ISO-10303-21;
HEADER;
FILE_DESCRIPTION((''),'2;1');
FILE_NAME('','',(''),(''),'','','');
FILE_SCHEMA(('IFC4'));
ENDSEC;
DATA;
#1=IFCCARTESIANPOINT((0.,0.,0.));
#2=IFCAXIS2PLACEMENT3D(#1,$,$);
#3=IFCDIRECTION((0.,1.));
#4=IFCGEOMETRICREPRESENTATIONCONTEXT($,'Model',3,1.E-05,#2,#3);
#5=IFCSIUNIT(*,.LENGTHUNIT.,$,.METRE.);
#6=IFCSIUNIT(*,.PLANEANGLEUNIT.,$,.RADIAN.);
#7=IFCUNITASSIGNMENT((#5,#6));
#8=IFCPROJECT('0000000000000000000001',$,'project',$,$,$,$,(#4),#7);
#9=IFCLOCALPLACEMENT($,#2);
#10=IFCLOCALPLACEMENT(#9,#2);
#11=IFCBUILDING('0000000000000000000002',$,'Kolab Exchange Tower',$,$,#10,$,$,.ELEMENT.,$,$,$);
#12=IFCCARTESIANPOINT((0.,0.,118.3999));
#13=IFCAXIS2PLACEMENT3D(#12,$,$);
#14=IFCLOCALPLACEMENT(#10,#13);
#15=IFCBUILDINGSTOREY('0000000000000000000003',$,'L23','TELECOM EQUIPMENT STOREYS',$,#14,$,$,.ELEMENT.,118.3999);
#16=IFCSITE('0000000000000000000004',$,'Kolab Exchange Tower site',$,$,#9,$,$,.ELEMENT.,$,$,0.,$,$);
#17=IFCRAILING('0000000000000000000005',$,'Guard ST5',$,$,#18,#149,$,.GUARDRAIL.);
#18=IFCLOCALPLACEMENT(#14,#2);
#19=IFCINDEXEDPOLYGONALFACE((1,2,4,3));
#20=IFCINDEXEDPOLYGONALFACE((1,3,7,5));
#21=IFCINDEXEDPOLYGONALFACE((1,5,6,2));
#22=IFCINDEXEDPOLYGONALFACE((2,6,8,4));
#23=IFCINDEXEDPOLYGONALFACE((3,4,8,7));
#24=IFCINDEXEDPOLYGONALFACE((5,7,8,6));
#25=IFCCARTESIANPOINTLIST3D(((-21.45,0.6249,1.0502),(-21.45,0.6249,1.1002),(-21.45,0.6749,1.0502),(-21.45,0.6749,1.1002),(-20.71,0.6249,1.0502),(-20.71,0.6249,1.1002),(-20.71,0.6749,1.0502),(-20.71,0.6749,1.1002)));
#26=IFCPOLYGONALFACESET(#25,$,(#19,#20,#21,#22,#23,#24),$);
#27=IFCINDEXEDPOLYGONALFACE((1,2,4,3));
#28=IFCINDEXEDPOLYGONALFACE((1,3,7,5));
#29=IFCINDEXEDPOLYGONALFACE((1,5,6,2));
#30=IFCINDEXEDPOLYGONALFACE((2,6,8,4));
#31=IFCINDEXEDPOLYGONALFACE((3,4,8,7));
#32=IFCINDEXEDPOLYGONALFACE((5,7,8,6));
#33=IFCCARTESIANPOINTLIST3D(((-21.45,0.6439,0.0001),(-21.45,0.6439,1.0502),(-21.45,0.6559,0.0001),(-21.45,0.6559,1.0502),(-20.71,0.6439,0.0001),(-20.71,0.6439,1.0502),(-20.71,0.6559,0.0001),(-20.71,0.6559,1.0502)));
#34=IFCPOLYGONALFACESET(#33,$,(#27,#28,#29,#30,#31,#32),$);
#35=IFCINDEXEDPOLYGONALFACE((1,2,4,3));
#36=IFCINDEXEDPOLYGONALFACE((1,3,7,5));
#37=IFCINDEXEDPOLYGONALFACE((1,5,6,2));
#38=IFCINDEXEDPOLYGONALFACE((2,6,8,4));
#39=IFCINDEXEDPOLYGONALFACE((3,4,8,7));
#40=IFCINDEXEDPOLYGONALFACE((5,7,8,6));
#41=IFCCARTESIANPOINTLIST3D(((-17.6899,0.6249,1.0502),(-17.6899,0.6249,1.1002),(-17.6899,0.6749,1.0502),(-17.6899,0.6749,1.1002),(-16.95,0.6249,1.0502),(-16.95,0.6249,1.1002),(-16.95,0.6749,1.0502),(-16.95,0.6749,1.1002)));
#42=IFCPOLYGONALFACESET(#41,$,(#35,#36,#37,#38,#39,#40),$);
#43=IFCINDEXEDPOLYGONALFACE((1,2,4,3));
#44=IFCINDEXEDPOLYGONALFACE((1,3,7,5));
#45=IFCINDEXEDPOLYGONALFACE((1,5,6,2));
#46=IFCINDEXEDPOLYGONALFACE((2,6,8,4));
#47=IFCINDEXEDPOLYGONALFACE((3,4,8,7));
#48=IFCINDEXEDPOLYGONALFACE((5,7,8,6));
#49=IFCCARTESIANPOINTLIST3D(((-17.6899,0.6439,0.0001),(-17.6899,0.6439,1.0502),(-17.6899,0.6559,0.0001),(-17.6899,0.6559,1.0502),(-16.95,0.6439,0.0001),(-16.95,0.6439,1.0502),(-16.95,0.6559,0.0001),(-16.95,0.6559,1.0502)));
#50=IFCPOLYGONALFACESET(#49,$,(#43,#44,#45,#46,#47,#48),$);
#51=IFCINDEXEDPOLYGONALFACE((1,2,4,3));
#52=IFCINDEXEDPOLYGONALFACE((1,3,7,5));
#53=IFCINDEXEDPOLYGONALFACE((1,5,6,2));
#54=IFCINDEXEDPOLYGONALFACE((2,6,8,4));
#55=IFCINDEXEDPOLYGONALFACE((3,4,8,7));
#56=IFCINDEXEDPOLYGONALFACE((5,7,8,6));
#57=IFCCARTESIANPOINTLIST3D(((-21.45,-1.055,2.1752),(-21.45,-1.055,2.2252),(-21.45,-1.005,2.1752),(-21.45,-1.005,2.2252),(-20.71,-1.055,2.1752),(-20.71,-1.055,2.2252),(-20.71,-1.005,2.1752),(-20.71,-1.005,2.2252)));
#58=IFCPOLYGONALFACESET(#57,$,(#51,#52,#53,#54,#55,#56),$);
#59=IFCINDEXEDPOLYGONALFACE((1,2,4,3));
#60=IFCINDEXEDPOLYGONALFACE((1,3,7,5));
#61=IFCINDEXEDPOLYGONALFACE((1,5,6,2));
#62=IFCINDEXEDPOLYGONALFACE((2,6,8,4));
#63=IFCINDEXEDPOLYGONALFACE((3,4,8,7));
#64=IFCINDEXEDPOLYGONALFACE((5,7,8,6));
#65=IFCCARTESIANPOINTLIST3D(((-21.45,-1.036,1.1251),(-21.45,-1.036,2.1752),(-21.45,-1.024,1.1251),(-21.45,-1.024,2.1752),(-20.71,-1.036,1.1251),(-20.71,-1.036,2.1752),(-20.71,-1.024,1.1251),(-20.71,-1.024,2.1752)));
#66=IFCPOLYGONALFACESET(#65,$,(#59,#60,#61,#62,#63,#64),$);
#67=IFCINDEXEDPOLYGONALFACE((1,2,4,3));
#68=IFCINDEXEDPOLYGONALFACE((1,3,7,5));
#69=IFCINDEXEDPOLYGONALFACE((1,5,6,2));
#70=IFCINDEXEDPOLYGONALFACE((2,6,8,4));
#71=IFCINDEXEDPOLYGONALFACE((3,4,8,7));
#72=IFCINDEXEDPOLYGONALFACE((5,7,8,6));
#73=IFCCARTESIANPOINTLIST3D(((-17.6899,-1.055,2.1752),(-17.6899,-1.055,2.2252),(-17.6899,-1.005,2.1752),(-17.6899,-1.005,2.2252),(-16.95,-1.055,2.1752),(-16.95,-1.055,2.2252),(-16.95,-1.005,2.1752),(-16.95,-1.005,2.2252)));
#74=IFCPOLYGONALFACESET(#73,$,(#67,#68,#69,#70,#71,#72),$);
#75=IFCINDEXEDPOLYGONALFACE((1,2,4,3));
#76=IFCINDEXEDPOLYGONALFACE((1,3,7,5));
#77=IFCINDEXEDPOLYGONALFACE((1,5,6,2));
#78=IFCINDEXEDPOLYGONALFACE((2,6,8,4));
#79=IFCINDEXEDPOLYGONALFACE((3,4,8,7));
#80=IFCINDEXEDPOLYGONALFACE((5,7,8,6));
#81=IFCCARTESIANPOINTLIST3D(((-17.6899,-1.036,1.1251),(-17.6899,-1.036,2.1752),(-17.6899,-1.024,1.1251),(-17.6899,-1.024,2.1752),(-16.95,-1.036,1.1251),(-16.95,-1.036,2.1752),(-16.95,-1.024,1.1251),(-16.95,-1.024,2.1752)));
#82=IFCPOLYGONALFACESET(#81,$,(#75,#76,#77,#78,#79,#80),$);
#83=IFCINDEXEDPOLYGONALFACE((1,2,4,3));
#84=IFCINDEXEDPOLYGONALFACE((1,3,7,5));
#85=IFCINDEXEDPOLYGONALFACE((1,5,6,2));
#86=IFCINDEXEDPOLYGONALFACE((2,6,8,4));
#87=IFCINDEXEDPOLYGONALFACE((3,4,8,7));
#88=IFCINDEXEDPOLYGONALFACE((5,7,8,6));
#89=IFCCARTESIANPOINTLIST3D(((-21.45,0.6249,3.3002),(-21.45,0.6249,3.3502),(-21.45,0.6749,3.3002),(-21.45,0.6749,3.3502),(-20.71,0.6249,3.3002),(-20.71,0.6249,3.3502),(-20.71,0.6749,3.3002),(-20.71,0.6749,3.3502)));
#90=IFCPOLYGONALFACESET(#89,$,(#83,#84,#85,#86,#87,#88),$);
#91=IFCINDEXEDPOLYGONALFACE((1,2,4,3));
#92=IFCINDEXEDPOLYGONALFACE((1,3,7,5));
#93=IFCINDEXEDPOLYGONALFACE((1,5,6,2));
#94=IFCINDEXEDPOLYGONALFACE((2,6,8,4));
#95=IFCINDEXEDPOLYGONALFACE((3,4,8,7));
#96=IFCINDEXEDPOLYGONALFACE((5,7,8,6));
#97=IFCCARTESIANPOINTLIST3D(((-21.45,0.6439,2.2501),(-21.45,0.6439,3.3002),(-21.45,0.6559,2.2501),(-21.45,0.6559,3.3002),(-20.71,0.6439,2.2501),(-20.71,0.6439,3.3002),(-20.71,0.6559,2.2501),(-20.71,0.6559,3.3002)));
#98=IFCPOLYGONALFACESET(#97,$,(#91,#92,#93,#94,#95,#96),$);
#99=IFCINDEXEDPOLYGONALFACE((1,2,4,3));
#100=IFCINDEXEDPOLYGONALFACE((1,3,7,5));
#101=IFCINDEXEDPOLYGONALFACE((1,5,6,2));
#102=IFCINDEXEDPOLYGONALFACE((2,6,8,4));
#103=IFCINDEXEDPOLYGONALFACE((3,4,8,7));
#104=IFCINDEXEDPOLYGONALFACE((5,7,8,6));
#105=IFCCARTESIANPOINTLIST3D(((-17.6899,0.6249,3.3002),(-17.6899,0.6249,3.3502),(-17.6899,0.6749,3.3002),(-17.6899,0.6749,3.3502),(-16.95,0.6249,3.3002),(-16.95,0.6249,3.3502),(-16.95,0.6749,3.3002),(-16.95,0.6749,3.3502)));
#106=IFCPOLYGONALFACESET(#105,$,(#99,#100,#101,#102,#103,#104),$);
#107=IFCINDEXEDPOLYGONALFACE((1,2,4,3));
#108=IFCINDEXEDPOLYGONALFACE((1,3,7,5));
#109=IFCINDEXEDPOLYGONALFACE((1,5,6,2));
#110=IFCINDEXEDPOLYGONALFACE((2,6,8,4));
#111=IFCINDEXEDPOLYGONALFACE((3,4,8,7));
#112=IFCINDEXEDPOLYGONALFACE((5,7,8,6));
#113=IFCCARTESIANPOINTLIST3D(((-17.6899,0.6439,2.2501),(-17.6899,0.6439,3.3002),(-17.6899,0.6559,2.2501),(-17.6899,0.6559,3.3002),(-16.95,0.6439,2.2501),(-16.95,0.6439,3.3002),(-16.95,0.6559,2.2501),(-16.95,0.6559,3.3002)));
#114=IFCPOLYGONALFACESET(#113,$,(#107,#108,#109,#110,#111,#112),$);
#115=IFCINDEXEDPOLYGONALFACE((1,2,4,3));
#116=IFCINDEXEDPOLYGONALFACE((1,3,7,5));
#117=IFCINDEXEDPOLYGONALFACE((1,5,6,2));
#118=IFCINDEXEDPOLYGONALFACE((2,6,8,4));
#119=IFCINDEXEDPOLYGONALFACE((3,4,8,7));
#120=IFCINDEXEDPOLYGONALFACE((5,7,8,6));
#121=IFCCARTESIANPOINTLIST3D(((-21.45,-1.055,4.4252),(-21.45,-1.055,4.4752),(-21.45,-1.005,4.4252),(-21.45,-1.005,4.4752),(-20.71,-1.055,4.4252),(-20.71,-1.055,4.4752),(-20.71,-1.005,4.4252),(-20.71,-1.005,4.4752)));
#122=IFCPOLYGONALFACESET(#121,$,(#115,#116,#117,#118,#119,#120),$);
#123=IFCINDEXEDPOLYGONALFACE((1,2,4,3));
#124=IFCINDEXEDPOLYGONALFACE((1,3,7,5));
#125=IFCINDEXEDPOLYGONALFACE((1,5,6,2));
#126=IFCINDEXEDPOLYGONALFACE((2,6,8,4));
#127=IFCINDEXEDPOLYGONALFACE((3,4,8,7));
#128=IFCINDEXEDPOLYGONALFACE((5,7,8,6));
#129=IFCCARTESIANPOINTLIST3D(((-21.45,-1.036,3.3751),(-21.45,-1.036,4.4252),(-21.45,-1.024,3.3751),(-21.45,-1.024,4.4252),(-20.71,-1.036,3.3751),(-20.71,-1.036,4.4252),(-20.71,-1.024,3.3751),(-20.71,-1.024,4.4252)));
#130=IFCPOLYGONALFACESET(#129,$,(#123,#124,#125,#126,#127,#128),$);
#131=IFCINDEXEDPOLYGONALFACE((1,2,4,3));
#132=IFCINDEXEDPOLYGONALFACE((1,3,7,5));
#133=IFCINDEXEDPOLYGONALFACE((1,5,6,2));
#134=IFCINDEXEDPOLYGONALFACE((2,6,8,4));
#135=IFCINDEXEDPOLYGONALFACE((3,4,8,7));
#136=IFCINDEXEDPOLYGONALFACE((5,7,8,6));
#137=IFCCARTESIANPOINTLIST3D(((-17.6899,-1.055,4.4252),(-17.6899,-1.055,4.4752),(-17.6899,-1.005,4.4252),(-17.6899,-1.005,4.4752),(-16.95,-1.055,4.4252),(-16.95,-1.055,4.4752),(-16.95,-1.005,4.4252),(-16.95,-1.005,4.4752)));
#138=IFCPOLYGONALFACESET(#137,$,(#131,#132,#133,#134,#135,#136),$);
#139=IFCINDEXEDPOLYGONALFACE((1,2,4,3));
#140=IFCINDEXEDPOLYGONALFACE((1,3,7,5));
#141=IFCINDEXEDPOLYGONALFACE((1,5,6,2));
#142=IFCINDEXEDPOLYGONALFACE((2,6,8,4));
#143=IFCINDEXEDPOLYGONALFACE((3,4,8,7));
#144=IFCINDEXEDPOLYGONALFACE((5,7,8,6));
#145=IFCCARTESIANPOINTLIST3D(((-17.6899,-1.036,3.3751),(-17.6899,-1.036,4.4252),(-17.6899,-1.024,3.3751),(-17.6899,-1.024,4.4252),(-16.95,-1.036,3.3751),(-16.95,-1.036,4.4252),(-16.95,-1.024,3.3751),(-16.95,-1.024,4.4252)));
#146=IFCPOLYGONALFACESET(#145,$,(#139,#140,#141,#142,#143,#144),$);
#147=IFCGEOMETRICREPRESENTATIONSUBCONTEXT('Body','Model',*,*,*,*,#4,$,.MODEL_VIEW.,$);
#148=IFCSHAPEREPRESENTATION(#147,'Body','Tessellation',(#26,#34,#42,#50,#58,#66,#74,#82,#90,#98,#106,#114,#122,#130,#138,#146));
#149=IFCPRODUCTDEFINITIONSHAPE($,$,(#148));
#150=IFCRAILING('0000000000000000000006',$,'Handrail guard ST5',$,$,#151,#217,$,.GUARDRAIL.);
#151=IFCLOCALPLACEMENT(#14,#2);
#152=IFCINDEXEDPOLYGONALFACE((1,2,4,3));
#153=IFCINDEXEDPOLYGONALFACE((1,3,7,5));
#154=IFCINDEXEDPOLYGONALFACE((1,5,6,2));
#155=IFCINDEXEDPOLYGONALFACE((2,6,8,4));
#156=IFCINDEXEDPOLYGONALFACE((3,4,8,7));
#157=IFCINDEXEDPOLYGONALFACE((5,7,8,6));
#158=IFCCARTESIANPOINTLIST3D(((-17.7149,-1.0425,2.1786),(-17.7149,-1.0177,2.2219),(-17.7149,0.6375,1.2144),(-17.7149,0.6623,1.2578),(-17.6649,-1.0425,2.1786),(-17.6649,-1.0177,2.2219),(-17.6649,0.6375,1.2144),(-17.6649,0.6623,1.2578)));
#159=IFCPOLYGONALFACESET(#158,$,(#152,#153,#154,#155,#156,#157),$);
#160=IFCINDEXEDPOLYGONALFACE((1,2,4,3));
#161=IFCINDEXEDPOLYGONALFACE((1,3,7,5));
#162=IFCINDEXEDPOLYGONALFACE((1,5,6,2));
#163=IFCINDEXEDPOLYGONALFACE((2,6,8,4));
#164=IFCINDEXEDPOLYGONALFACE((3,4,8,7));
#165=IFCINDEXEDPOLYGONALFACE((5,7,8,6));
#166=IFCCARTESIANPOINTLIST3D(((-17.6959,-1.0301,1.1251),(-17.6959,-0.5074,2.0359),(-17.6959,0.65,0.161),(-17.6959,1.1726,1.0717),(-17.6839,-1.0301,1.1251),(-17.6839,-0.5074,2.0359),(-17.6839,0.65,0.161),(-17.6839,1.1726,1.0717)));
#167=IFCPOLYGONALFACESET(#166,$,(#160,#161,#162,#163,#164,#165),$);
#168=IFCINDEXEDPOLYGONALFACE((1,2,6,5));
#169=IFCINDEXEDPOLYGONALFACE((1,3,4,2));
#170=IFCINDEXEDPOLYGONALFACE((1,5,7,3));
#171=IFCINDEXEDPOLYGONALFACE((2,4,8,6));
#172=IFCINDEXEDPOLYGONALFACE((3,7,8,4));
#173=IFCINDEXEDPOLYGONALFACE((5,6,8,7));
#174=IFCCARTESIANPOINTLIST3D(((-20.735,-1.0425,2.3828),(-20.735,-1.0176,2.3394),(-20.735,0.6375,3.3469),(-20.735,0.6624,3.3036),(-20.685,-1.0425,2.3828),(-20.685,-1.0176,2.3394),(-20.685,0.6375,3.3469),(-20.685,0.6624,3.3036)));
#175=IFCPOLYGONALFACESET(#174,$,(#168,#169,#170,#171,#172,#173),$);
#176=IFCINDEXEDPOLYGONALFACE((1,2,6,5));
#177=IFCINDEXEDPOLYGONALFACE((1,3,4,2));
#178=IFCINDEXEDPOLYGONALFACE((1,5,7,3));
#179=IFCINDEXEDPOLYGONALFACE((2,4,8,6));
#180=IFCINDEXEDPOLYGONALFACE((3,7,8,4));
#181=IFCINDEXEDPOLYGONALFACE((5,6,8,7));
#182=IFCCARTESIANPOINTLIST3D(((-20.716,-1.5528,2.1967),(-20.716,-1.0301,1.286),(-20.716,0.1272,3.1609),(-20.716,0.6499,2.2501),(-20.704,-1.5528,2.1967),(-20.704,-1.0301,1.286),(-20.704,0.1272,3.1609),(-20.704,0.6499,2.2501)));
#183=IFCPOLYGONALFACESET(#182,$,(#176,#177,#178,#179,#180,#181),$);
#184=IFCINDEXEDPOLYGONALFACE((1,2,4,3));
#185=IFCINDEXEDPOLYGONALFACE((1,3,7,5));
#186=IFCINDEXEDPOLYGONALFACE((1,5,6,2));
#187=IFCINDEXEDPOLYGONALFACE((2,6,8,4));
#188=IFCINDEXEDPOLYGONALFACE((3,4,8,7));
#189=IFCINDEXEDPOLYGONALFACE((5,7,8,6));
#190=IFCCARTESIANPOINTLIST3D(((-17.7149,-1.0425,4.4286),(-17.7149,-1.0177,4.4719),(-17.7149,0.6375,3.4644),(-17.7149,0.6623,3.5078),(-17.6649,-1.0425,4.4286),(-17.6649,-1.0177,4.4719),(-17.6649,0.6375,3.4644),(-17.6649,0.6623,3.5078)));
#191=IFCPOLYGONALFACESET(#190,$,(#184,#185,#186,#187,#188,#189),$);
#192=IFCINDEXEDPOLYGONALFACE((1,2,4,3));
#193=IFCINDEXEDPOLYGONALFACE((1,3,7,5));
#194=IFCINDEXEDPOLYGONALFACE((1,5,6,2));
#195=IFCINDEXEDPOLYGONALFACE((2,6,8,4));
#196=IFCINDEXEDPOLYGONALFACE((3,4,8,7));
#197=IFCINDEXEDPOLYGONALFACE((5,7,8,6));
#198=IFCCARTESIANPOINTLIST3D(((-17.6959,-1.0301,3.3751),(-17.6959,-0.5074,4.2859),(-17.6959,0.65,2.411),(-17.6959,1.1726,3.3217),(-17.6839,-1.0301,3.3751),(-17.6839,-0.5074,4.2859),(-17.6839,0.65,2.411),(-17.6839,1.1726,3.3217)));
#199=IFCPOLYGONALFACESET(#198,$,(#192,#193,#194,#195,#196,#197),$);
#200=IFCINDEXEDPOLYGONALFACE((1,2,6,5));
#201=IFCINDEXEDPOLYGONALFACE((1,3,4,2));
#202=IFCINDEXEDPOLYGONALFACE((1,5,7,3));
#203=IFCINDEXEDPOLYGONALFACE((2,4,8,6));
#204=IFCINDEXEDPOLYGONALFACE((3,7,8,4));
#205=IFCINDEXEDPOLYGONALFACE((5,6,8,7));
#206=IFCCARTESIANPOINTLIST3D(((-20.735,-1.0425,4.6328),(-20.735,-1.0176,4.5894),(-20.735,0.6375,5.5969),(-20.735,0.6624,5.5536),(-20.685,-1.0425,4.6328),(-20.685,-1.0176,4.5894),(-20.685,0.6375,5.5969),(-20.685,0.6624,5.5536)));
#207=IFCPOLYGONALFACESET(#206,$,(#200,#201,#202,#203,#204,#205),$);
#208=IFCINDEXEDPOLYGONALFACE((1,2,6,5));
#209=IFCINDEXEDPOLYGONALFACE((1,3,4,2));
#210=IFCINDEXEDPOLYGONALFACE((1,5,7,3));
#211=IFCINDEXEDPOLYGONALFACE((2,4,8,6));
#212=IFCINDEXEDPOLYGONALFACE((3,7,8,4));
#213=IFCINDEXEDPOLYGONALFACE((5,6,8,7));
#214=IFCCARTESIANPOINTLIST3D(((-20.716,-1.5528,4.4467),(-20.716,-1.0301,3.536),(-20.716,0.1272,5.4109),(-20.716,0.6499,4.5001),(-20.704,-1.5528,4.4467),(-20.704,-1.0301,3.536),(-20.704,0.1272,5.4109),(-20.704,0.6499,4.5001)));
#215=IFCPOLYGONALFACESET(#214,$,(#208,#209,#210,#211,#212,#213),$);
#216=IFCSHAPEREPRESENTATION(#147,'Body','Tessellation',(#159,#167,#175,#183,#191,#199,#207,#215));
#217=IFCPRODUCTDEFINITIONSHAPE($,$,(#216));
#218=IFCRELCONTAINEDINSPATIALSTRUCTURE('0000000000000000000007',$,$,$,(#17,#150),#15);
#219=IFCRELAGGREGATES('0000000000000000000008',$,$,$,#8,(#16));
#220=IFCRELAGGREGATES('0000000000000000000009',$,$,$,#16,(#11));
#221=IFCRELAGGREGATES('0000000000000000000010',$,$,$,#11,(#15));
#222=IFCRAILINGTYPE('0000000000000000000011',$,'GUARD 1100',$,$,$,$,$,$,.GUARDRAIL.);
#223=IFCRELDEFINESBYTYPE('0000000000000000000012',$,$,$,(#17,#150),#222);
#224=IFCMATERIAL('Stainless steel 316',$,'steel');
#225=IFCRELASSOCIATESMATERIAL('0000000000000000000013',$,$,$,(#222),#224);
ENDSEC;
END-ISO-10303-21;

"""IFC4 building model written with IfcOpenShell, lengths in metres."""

from ifc_helpers import new_model, si_unit, direction, frame, frame_2d, origin, origin_2d, place, context, subcontext, project, spatial, rectangle, extrude, material, type_object, element, save


model = new_model("IFC4")

# Units and contexts
model_context = context("Model", 3, precision=1e-05, world=origin(), true_north=direction((0.0, 1.0)))
body_context = subcontext(model_context, "Body", "Model", "MODEL_VIEW")
ifc_project = project(units=[si_unit("LENGTHUNIT", "METRE"), si_unit("PLANEANGLEUNIT", "RADIAN")], contexts=[model_context])

# Site, building, storey
site_placement = place(None, origin())
site = spatial("IfcSite", under=ifc_project, at=site_placement, Name="Kolab Exchange Tower site", CompositionType="ELEMENT", RefElevation=0.0)
building_placement = place(site_placement, origin())
building = spatial("IfcBuilding", under=site, at=building_placement, Name="Kolab Exchange Tower", CompositionType="ELEMENT")
storey_placement = place(building_placement, frame((0.0, 0.0, 118.3999)))
storey = spatial("IfcBuildingStorey", under=building, at=storey_placement, Name="L23", Description="TELECOM EQUIPMENT STOREYS", CompositionType="ELEMENT", Elevation=118.3999)

# Railings
ifc_material_1 = material(Name="Stainless steel 316", Category="steel")
railing_type = type_object("IfcRailingType", Name="GUARD 1100", PredefinedType="GUARDRAIL", material=ifc_material_1)
railing_1_placement = place(storey_placement, frame((-21.45, 0.6499, 0.0)))
element("IfcRailing", 1, at=railing_1_placement, inside=storey, type_object=railing_type, Name="Guard ST5", PredefinedType="GUARDRAIL", context=body_context, shape_type="SweptSolid", body=[
    extrude(rectangle(XDim=0.05, YDim=0.05, at=origin_2d()), frame((0.0, 0.0, 1.0752), z_axis=(1.0, 0.0, 0.0), x_axis=(0.0, 1.0, 0.0)), (0.0, 0.0, 1.0), 0.74),
    extrude(rectangle(XDim=0.012, YDim=1.0501, at=frame_2d((0.0, 0.5251))), frame((0.0, 0.0, 0.0), z_axis=(1.0, 0.0, 0.0), x_axis=(0.0, 1.0, 0.0)), (0.0, 0.0, 1.0), 0.74),
    extrude(rectangle(XDim=0.05, YDim=0.05, at=origin_2d()), frame((3.76, 0.0, 1.0752), z_axis=(1.0, 0.0, 0.0), x_axis=(0.0, 1.0, 0.0)), (0.0, 0.0, 1.0), 0.74),
    extrude(rectangle(XDim=0.012, YDim=1.0501, at=frame_2d((0.0, 0.5251))), frame((3.76, 0.0, 0.0), z_axis=(1.0, 0.0, 0.0), x_axis=(0.0, 1.0, 0.0)), (0.0, 0.0, 1.0), 0.74),
    extrude(rectangle(XDim=0.05, YDim=0.05, at=origin_2d()), frame((0.0, -1.6799, 2.2002), z_axis=(1.0, 0.0, 0.0), x_axis=(0.0, 1.0, 0.0)), (0.0, 0.0, 1.0), 0.74),
    extrude(rectangle(XDim=0.012, YDim=1.0501, at=frame_2d((0.0, 0.5251))), frame((0.0, -1.6799, 1.125), z_axis=(1.0, 0.0, 0.0), x_axis=(0.0, 1.0, 0.0)), (0.0, 0.0, 1.0), 0.74),
    extrude(rectangle(XDim=0.05, YDim=0.05, at=origin_2d()), frame((3.76, -1.6799, 2.2002), z_axis=(1.0, 0.0, 0.0), x_axis=(0.0, 1.0, 0.0)), (0.0, 0.0, 1.0), 0.74),
    extrude(rectangle(XDim=0.012, YDim=1.0501, at=frame_2d((0.0, 0.5251))), frame((3.76, -1.6799, 1.125), z_axis=(1.0, 0.0, 0.0), x_axis=(0.0, 1.0, 0.0)), (0.0, 0.0, 1.0), 0.74),
    extrude(rectangle(XDim=0.05, YDim=0.05, at=origin_2d()), frame((0.0, 0.0, 3.3252), z_axis=(1.0, 0.0, 0.0), x_axis=(0.0, 1.0, 0.0)), (0.0, 0.0, 1.0), 0.74),
    extrude(rectangle(XDim=0.012, YDim=1.0501, at=frame_2d((0.0, 0.5251))), frame((0.0, 0.0, 2.25), z_axis=(1.0, 0.0, 0.0), x_axis=(0.0, 1.0, 0.0)), (0.0, 0.0, 1.0), 0.74),
    extrude(rectangle(XDim=0.05, YDim=0.05, at=origin_2d()), frame((3.76, 0.0, 3.3252), z_axis=(1.0, 0.0, 0.0), x_axis=(0.0, 1.0, 0.0)), (0.0, 0.0, 1.0), 0.74),
    extrude(rectangle(XDim=0.012, YDim=1.0501, at=frame_2d((0.0, 0.5251))), frame((3.76, 0.0, 2.25), z_axis=(1.0, 0.0, 0.0), x_axis=(0.0, 1.0, 0.0)), (0.0, 0.0, 1.0), 0.74),
    extrude(rectangle(XDim=0.05, YDim=0.05, at=origin_2d()), frame((0.0, -1.6799, 4.4502), z_axis=(1.0, 0.0, 0.0), x_axis=(0.0, 1.0, 0.0)), (0.0, 0.0, 1.0), 0.74),
    extrude(rectangle(XDim=0.012, YDim=1.0501, at=frame_2d((0.0, 0.5251))), frame((0.0, -1.6799, 3.375), z_axis=(1.0, 0.0, 0.0), x_axis=(0.0, 1.0, 0.0)), (0.0, 0.0, 1.0), 0.74),
    extrude(rectangle(XDim=0.05, YDim=0.05, at=origin_2d()), frame((3.76, -1.6799, 4.4502), z_axis=(1.0, 0.0, 0.0), x_axis=(0.0, 1.0, 0.0)), (0.0, 0.0, 1.0), 0.74),
    extrude(rectangle(XDim=0.012, YDim=1.0501, at=frame_2d((0.0, 0.5251))), frame((3.76, -1.6799, 3.375), z_axis=(1.0, 0.0, 0.0), x_axis=(0.0, 1.0, 0.0)), (0.0, 0.0, 1.0), 0.74),
])
railing_2_placement = place(storey_placement, frame((-17.6899, 0.6499, 0.1609)))
element("IfcRailing", 2, at=railing_2_placement, inside=storey, type_object=railing_type, Name="Handrail guard ST5", PredefinedType="GUARDRAIL", context=body_context, shape_type="SweptSolid", body=[
    extrude(rectangle(XDim=0.05, YDim=0.05, at=origin_2d()), frame((0.0, 0.0, 1.0752), z_axis=(0.0, -0.867319, 0.497753), x_axis=(1.0, 0.0, 0.0)), (0.0, 0.0, 1.0), 1.937),
    extrude(rectangle(XDim=0.012, YDim=1.0501, at=frame_2d((0.0, 0.5251))), frame((0.0, 0.0, 0.0), z_axis=(0.0, -0.867319, 0.497753), x_axis=(1.0, 0.0, 0.0)), (0.0, 0.0, 1.0), 1.937),
    extrude(rectangle(XDim=0.05, YDim=0.05, at=origin_2d()), frame((-3.02, -1.6799, 2.2002), z_axis=(0.0, 0.867319, 0.497753), x_axis=(-1.0, 0.0, 0.0)), (0.0, 0.0, 1.0), 1.937),
    extrude(rectangle(XDim=0.012, YDim=1.0501, at=frame_2d((0.0, 0.5251))), frame((-3.02, -1.6799, 1.125), z_axis=(0.0, 0.867319, 0.497753), x_axis=(-1.0, 0.0, 0.0)), (0.0, 0.0, 1.0), 1.937),
    extrude(rectangle(XDim=0.05, YDim=0.05, at=origin_2d()), frame((0.0, 0.0, 3.3252), z_axis=(0.0, -0.867319, 0.497753), x_axis=(1.0, 0.0, 0.0)), (0.0, 0.0, 1.0), 1.937),
    extrude(rectangle(XDim=0.012, YDim=1.0501, at=frame_2d((0.0, 0.5251))), frame((0.0, 0.0, 2.25), z_axis=(0.0, -0.867319, 0.497753), x_axis=(1.0, 0.0, 0.0)), (0.0, 0.0, 1.0), 1.937),
    extrude(rectangle(XDim=0.05, YDim=0.05, at=origin_2d()), frame((-3.02, -1.6799, 4.4502), z_axis=(0.0, 0.867319, 0.497753), x_axis=(-1.0, 0.0, 0.0)), (0.0, 0.0, 1.0), 1.937),
    extrude(rectangle(XDim=0.012, YDim=1.0501, at=frame_2d((0.0, 0.5251))), frame((-3.02, -1.6799, 3.375), z_axis=(0.0, 0.867319, 0.497753), x_axis=(-1.0, 0.0, 0.0)), (0.0, 0.0, 1.0), 1.937),
])

save(model, "model.ifc")
